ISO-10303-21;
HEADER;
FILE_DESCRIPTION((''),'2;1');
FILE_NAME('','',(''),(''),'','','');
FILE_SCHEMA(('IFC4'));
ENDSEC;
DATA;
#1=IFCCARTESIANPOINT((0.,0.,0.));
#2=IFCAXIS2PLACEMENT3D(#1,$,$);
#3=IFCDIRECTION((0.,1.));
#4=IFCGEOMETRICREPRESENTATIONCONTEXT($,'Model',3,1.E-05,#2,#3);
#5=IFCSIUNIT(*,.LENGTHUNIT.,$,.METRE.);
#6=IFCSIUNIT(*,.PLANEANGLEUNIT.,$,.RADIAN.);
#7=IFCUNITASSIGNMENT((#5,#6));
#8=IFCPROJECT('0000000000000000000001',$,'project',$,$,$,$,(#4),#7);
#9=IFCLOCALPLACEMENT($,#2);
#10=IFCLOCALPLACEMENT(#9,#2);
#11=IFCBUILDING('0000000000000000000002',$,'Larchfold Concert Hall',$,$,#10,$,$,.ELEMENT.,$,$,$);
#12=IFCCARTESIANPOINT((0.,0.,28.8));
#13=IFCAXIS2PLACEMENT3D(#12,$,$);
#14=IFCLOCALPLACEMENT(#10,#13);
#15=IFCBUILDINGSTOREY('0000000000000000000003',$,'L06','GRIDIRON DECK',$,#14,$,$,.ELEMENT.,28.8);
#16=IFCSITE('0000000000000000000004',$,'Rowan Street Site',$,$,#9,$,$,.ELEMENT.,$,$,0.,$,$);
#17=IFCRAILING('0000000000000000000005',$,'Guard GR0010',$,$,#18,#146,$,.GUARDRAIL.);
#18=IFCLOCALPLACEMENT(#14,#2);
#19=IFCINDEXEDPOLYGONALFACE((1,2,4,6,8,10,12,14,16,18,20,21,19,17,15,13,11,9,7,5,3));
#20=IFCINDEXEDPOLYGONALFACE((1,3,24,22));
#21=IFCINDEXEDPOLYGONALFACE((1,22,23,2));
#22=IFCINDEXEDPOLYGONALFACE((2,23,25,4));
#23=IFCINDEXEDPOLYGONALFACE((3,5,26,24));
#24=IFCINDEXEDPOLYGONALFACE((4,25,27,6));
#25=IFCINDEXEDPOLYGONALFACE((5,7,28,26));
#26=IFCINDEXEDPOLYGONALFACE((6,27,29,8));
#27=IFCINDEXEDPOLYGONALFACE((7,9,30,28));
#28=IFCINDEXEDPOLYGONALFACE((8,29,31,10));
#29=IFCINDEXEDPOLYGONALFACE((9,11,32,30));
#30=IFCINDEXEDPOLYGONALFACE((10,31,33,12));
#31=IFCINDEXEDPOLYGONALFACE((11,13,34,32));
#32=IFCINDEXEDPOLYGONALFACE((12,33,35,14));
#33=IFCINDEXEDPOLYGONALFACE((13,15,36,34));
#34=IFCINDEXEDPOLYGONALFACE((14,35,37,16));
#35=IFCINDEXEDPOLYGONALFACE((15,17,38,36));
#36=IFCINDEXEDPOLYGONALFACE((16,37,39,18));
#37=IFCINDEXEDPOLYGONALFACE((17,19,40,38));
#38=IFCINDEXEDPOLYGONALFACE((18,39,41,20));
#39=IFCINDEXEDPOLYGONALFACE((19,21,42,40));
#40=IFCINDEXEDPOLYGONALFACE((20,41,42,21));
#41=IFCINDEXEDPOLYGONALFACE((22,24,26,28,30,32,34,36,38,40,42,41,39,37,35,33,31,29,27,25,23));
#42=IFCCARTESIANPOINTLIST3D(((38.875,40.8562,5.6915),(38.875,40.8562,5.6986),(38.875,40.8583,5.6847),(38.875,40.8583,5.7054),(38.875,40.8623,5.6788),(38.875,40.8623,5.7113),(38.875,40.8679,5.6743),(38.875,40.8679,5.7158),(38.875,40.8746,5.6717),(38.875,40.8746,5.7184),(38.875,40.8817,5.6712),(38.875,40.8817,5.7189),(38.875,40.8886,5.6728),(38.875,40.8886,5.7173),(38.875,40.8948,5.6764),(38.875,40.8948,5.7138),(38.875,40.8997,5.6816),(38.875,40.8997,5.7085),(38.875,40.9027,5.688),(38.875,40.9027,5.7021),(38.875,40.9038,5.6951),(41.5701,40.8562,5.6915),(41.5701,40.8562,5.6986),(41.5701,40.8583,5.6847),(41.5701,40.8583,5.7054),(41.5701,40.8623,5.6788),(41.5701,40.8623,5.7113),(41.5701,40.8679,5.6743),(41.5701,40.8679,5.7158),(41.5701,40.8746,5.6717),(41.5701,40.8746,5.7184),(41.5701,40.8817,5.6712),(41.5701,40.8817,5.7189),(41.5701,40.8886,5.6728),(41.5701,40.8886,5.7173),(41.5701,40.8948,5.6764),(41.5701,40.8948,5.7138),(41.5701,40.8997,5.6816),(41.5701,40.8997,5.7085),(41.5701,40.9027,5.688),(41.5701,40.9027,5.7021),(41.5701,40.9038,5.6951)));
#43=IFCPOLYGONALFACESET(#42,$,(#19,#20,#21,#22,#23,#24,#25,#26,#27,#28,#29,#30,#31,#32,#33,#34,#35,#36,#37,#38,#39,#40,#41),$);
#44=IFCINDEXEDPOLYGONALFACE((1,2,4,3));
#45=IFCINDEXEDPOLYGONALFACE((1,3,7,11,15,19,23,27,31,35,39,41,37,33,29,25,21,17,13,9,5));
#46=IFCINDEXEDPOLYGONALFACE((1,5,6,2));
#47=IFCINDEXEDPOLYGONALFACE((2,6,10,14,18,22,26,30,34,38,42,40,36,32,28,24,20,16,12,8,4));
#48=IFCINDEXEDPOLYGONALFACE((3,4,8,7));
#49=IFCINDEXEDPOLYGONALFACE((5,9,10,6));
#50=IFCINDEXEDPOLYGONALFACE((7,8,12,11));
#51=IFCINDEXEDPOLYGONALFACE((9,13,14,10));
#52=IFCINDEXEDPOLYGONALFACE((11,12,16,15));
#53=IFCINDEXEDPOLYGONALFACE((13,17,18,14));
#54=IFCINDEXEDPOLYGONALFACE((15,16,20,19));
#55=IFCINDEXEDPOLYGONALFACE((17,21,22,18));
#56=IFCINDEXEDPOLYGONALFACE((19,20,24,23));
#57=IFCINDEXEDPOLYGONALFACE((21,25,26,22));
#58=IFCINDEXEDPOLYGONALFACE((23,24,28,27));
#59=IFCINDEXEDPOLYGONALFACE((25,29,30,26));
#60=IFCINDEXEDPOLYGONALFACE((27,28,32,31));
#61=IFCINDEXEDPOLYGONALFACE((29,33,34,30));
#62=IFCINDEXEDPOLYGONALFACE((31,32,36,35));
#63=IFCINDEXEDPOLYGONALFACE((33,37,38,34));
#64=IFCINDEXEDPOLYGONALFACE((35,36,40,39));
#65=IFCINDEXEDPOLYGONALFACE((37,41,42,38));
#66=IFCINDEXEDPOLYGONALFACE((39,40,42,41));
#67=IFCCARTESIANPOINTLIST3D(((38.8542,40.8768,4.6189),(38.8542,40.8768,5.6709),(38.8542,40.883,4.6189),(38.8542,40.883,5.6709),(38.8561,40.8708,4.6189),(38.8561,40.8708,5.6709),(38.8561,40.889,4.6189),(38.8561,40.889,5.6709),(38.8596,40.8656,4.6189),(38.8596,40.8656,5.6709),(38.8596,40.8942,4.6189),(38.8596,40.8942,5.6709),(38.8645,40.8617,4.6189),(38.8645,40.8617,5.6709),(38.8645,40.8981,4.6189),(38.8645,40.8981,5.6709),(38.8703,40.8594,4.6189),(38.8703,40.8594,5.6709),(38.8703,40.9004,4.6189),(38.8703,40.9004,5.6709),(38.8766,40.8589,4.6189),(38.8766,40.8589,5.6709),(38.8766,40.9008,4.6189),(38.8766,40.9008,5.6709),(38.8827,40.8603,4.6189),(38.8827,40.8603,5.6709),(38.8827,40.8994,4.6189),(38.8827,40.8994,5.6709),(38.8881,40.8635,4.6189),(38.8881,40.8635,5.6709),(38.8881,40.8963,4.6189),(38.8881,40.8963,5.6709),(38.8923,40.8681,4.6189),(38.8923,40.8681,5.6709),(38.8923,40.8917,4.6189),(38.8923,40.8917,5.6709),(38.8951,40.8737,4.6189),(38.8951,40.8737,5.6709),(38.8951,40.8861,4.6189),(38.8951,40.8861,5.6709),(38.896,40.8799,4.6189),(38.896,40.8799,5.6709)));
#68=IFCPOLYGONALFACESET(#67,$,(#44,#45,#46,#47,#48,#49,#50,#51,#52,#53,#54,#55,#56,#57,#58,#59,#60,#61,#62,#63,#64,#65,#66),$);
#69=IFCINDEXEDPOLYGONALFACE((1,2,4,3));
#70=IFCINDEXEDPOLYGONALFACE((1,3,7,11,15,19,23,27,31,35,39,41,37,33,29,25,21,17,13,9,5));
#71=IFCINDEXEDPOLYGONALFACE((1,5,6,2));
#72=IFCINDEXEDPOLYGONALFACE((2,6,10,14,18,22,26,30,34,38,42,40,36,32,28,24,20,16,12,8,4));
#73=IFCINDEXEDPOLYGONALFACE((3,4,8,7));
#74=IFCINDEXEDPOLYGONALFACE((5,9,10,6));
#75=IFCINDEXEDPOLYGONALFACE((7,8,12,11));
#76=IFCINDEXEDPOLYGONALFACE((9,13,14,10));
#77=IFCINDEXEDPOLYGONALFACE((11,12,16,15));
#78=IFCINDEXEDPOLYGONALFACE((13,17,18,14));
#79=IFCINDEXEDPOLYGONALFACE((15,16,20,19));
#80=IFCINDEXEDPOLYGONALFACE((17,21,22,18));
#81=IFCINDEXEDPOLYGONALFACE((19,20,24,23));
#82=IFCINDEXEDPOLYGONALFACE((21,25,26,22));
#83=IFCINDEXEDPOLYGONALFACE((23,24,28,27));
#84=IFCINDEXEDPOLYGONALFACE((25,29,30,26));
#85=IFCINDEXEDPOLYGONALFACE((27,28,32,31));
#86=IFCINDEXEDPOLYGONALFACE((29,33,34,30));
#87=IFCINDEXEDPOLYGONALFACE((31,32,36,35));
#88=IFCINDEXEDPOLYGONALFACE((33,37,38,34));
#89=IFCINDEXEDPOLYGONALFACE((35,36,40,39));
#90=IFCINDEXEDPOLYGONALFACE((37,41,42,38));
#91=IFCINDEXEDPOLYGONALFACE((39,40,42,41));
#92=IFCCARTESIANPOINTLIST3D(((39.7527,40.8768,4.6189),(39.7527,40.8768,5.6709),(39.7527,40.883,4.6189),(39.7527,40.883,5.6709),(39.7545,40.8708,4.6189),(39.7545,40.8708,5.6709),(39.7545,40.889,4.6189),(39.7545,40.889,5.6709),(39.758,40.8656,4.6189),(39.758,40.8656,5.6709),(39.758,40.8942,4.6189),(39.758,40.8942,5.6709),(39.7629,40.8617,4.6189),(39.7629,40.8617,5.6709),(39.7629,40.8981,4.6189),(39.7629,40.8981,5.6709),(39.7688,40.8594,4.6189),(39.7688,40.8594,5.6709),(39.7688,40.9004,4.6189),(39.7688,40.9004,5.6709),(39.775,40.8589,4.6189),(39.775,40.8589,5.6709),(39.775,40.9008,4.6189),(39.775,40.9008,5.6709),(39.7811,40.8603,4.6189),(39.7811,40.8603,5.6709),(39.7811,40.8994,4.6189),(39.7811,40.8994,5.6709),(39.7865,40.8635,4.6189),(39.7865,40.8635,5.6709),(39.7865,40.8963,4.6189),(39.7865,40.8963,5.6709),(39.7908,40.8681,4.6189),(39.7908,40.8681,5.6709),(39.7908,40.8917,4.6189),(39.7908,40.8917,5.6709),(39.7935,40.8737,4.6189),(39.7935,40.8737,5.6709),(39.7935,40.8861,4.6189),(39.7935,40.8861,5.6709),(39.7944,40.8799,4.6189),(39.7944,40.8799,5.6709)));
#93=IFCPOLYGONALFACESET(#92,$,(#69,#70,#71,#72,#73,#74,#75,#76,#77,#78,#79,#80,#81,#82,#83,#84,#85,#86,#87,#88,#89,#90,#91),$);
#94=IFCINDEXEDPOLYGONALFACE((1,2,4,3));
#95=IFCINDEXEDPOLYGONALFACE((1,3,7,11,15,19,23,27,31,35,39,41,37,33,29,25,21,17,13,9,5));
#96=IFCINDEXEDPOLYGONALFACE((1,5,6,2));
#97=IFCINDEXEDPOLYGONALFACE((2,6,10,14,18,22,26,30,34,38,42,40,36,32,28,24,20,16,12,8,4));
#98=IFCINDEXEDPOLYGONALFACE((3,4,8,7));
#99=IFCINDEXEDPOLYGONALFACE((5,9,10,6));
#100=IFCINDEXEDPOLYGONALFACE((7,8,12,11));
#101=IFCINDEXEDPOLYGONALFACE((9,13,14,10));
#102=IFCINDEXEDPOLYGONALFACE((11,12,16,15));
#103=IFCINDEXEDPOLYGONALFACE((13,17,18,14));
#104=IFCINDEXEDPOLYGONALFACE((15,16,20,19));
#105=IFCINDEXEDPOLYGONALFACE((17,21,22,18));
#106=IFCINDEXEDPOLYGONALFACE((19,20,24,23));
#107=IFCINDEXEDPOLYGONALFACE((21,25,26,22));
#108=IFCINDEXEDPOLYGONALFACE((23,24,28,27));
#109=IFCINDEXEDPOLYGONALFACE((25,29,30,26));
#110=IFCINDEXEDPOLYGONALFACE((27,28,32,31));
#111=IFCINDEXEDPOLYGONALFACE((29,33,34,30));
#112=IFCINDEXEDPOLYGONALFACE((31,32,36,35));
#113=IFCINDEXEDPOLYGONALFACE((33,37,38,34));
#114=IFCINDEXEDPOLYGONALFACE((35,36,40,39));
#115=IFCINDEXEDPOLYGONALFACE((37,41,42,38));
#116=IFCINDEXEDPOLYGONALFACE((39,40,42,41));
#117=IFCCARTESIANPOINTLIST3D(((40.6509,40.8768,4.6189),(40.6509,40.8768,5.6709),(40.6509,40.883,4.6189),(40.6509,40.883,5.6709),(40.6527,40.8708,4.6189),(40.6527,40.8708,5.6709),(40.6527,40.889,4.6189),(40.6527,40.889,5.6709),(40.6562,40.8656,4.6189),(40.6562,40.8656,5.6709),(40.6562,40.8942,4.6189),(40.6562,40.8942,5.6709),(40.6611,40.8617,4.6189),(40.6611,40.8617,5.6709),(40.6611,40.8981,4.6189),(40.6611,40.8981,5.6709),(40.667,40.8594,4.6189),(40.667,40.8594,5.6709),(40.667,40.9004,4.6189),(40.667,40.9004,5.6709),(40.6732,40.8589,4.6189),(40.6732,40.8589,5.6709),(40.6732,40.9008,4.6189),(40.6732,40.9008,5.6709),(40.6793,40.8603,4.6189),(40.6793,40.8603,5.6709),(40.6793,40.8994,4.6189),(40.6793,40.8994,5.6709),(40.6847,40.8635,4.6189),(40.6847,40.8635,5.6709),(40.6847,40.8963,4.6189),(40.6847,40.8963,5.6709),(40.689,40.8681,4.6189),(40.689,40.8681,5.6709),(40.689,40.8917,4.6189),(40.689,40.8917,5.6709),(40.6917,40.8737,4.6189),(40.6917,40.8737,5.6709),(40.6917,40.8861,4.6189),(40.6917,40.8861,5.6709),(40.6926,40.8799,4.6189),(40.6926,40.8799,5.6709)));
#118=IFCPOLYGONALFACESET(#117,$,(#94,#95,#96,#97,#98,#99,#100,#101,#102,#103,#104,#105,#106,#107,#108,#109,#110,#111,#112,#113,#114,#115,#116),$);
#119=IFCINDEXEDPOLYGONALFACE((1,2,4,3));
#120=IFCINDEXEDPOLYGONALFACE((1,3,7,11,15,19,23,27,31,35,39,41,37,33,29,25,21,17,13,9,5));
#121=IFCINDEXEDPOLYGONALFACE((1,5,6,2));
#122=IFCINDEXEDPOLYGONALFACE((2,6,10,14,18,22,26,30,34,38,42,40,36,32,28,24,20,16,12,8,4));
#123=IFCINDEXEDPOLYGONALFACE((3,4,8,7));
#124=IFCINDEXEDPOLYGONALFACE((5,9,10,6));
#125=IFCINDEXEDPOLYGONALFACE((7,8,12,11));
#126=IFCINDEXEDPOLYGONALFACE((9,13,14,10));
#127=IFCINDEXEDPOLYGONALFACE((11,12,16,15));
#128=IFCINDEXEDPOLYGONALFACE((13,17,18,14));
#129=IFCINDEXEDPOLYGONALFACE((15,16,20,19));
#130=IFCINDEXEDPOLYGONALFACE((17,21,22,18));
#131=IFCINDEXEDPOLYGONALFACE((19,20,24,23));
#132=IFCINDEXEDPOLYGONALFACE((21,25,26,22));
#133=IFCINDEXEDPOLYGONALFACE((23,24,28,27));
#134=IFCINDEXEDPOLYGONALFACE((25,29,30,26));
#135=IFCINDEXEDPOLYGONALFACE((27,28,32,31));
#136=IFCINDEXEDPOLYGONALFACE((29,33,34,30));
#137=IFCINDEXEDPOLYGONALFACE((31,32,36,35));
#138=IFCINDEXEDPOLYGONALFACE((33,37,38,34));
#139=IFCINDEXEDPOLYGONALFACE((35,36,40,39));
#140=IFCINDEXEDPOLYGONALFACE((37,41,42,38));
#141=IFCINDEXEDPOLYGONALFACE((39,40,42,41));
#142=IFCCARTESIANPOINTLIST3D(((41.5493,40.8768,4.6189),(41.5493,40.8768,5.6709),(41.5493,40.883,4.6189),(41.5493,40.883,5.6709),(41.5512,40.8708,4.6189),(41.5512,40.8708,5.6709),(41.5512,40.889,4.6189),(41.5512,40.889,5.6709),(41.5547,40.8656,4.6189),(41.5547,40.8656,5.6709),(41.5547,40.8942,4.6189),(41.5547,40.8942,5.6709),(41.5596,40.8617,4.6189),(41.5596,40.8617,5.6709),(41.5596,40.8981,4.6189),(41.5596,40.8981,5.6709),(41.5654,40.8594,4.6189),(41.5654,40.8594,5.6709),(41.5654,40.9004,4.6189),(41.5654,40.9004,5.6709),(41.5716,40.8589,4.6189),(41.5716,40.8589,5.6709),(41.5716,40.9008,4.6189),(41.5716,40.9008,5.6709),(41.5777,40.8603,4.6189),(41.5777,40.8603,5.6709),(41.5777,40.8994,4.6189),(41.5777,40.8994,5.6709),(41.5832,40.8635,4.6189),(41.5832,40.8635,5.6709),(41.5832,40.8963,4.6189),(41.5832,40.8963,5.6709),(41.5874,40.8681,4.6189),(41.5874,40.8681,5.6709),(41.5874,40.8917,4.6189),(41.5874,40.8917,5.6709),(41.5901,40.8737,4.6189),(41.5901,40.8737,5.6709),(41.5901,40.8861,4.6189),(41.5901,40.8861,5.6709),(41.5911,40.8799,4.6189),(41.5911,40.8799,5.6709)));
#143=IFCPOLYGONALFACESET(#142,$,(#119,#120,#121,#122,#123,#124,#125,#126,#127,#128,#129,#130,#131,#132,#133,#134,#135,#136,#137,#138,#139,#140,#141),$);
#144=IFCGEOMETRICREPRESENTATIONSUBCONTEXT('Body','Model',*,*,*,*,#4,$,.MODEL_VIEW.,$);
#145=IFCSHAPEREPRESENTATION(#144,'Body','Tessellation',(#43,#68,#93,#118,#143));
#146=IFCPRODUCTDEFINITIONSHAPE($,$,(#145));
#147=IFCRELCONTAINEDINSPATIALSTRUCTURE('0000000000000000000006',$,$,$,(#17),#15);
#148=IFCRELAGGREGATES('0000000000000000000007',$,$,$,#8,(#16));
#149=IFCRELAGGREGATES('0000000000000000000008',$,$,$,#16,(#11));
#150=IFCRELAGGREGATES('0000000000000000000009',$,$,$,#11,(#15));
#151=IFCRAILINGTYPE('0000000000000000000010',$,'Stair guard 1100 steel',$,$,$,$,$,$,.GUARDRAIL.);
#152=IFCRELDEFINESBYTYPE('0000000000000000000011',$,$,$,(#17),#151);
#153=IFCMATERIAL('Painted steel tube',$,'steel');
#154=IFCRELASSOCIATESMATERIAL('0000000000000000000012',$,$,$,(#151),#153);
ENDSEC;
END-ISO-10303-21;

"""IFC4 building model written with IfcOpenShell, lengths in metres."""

from ifc_helpers import new_model, si_unit, direction, frame, origin, origin_2d, place, context, subcontext, project, spatial, circle, extrude, material, type_object, element, save


model = new_model("IFC4")

# Units and contexts
model_context = context("Model", 3, precision=1e-05, world=origin(), true_north=direction((0.0, 1.0)))
body_context = subcontext(model_context, "Body", "Model", "MODEL_VIEW")
ifc_project = project(units=[si_unit("LENGTHUNIT", "METRE"), si_unit("PLANEANGLEUNIT", "RADIAN")], contexts=[model_context])

# Site, building, storey
site_placement = place(None, origin())
site = spatial("IfcSite", under=ifc_project, at=site_placement, Name="Rowan Street Site", CompositionType="ELEMENT", RefElevation=0.0)
building_placement = place(site_placement, origin())
building = spatial("IfcBuilding", under=site, at=building_placement, Name="Larchfold Concert Hall", CompositionType="ELEMENT")
storey_placement = place(building_placement, frame((0.0, 0.0, 28.8)))
storey = spatial("IfcBuildingStorey", under=building, at=storey_placement, Name="L06", Description="GRIDIRON DECK", CompositionType="ELEMENT", Elevation=28.8)

# Railing
ifc_material_1 = material(Name="Painted steel tube", Category="steel")
railing_type_1 = type_object("IfcRailingType", Name="Stair guard 1100 steel", PredefinedType="GUARDRAIL", material=ifc_material_1)
railing_1_placement = place(storey_placement, frame((38.875, 40.8799, 4.6189)))
element("IfcRailing", 1, at=railing_1_placement, inside=storey, type_object=railing_type_1, Name="Guard GR0010", PredefinedType="GUARDRAIL", context=body_context, shape_type="SweptSolid", body=[
    extrude(circle(Radius=0.0239, at=origin_2d()), frame((0.0, 0.0, 1.0762), z_axis=(1.0, 0.0, 0.0), x_axis=(0.0, 1.0, 0.0)), (0.0, 0.0, 1.0), 2.6951),
    extrude(circle(Radius=0.021, at=origin_2d()), origin(), (0.0, 0.0, 1.0), 1.052),
    extrude(circle(Radius=0.021, at=origin_2d()), frame((0.8984, 0.0, 0.0)), (0.0, 0.0, 1.0), 1.052),
    extrude(circle(Radius=0.021, at=origin_2d()), frame((1.7966, 0.0, 0.0)), (0.0, 0.0, 1.0), 1.052),
    extrude(circle(Radius=0.021, at=origin_2d()), frame((2.6951, 0.0, 0.0)), (0.0, 0.0, 1.0), 1.052),
])

save(model, "model.ifc")
